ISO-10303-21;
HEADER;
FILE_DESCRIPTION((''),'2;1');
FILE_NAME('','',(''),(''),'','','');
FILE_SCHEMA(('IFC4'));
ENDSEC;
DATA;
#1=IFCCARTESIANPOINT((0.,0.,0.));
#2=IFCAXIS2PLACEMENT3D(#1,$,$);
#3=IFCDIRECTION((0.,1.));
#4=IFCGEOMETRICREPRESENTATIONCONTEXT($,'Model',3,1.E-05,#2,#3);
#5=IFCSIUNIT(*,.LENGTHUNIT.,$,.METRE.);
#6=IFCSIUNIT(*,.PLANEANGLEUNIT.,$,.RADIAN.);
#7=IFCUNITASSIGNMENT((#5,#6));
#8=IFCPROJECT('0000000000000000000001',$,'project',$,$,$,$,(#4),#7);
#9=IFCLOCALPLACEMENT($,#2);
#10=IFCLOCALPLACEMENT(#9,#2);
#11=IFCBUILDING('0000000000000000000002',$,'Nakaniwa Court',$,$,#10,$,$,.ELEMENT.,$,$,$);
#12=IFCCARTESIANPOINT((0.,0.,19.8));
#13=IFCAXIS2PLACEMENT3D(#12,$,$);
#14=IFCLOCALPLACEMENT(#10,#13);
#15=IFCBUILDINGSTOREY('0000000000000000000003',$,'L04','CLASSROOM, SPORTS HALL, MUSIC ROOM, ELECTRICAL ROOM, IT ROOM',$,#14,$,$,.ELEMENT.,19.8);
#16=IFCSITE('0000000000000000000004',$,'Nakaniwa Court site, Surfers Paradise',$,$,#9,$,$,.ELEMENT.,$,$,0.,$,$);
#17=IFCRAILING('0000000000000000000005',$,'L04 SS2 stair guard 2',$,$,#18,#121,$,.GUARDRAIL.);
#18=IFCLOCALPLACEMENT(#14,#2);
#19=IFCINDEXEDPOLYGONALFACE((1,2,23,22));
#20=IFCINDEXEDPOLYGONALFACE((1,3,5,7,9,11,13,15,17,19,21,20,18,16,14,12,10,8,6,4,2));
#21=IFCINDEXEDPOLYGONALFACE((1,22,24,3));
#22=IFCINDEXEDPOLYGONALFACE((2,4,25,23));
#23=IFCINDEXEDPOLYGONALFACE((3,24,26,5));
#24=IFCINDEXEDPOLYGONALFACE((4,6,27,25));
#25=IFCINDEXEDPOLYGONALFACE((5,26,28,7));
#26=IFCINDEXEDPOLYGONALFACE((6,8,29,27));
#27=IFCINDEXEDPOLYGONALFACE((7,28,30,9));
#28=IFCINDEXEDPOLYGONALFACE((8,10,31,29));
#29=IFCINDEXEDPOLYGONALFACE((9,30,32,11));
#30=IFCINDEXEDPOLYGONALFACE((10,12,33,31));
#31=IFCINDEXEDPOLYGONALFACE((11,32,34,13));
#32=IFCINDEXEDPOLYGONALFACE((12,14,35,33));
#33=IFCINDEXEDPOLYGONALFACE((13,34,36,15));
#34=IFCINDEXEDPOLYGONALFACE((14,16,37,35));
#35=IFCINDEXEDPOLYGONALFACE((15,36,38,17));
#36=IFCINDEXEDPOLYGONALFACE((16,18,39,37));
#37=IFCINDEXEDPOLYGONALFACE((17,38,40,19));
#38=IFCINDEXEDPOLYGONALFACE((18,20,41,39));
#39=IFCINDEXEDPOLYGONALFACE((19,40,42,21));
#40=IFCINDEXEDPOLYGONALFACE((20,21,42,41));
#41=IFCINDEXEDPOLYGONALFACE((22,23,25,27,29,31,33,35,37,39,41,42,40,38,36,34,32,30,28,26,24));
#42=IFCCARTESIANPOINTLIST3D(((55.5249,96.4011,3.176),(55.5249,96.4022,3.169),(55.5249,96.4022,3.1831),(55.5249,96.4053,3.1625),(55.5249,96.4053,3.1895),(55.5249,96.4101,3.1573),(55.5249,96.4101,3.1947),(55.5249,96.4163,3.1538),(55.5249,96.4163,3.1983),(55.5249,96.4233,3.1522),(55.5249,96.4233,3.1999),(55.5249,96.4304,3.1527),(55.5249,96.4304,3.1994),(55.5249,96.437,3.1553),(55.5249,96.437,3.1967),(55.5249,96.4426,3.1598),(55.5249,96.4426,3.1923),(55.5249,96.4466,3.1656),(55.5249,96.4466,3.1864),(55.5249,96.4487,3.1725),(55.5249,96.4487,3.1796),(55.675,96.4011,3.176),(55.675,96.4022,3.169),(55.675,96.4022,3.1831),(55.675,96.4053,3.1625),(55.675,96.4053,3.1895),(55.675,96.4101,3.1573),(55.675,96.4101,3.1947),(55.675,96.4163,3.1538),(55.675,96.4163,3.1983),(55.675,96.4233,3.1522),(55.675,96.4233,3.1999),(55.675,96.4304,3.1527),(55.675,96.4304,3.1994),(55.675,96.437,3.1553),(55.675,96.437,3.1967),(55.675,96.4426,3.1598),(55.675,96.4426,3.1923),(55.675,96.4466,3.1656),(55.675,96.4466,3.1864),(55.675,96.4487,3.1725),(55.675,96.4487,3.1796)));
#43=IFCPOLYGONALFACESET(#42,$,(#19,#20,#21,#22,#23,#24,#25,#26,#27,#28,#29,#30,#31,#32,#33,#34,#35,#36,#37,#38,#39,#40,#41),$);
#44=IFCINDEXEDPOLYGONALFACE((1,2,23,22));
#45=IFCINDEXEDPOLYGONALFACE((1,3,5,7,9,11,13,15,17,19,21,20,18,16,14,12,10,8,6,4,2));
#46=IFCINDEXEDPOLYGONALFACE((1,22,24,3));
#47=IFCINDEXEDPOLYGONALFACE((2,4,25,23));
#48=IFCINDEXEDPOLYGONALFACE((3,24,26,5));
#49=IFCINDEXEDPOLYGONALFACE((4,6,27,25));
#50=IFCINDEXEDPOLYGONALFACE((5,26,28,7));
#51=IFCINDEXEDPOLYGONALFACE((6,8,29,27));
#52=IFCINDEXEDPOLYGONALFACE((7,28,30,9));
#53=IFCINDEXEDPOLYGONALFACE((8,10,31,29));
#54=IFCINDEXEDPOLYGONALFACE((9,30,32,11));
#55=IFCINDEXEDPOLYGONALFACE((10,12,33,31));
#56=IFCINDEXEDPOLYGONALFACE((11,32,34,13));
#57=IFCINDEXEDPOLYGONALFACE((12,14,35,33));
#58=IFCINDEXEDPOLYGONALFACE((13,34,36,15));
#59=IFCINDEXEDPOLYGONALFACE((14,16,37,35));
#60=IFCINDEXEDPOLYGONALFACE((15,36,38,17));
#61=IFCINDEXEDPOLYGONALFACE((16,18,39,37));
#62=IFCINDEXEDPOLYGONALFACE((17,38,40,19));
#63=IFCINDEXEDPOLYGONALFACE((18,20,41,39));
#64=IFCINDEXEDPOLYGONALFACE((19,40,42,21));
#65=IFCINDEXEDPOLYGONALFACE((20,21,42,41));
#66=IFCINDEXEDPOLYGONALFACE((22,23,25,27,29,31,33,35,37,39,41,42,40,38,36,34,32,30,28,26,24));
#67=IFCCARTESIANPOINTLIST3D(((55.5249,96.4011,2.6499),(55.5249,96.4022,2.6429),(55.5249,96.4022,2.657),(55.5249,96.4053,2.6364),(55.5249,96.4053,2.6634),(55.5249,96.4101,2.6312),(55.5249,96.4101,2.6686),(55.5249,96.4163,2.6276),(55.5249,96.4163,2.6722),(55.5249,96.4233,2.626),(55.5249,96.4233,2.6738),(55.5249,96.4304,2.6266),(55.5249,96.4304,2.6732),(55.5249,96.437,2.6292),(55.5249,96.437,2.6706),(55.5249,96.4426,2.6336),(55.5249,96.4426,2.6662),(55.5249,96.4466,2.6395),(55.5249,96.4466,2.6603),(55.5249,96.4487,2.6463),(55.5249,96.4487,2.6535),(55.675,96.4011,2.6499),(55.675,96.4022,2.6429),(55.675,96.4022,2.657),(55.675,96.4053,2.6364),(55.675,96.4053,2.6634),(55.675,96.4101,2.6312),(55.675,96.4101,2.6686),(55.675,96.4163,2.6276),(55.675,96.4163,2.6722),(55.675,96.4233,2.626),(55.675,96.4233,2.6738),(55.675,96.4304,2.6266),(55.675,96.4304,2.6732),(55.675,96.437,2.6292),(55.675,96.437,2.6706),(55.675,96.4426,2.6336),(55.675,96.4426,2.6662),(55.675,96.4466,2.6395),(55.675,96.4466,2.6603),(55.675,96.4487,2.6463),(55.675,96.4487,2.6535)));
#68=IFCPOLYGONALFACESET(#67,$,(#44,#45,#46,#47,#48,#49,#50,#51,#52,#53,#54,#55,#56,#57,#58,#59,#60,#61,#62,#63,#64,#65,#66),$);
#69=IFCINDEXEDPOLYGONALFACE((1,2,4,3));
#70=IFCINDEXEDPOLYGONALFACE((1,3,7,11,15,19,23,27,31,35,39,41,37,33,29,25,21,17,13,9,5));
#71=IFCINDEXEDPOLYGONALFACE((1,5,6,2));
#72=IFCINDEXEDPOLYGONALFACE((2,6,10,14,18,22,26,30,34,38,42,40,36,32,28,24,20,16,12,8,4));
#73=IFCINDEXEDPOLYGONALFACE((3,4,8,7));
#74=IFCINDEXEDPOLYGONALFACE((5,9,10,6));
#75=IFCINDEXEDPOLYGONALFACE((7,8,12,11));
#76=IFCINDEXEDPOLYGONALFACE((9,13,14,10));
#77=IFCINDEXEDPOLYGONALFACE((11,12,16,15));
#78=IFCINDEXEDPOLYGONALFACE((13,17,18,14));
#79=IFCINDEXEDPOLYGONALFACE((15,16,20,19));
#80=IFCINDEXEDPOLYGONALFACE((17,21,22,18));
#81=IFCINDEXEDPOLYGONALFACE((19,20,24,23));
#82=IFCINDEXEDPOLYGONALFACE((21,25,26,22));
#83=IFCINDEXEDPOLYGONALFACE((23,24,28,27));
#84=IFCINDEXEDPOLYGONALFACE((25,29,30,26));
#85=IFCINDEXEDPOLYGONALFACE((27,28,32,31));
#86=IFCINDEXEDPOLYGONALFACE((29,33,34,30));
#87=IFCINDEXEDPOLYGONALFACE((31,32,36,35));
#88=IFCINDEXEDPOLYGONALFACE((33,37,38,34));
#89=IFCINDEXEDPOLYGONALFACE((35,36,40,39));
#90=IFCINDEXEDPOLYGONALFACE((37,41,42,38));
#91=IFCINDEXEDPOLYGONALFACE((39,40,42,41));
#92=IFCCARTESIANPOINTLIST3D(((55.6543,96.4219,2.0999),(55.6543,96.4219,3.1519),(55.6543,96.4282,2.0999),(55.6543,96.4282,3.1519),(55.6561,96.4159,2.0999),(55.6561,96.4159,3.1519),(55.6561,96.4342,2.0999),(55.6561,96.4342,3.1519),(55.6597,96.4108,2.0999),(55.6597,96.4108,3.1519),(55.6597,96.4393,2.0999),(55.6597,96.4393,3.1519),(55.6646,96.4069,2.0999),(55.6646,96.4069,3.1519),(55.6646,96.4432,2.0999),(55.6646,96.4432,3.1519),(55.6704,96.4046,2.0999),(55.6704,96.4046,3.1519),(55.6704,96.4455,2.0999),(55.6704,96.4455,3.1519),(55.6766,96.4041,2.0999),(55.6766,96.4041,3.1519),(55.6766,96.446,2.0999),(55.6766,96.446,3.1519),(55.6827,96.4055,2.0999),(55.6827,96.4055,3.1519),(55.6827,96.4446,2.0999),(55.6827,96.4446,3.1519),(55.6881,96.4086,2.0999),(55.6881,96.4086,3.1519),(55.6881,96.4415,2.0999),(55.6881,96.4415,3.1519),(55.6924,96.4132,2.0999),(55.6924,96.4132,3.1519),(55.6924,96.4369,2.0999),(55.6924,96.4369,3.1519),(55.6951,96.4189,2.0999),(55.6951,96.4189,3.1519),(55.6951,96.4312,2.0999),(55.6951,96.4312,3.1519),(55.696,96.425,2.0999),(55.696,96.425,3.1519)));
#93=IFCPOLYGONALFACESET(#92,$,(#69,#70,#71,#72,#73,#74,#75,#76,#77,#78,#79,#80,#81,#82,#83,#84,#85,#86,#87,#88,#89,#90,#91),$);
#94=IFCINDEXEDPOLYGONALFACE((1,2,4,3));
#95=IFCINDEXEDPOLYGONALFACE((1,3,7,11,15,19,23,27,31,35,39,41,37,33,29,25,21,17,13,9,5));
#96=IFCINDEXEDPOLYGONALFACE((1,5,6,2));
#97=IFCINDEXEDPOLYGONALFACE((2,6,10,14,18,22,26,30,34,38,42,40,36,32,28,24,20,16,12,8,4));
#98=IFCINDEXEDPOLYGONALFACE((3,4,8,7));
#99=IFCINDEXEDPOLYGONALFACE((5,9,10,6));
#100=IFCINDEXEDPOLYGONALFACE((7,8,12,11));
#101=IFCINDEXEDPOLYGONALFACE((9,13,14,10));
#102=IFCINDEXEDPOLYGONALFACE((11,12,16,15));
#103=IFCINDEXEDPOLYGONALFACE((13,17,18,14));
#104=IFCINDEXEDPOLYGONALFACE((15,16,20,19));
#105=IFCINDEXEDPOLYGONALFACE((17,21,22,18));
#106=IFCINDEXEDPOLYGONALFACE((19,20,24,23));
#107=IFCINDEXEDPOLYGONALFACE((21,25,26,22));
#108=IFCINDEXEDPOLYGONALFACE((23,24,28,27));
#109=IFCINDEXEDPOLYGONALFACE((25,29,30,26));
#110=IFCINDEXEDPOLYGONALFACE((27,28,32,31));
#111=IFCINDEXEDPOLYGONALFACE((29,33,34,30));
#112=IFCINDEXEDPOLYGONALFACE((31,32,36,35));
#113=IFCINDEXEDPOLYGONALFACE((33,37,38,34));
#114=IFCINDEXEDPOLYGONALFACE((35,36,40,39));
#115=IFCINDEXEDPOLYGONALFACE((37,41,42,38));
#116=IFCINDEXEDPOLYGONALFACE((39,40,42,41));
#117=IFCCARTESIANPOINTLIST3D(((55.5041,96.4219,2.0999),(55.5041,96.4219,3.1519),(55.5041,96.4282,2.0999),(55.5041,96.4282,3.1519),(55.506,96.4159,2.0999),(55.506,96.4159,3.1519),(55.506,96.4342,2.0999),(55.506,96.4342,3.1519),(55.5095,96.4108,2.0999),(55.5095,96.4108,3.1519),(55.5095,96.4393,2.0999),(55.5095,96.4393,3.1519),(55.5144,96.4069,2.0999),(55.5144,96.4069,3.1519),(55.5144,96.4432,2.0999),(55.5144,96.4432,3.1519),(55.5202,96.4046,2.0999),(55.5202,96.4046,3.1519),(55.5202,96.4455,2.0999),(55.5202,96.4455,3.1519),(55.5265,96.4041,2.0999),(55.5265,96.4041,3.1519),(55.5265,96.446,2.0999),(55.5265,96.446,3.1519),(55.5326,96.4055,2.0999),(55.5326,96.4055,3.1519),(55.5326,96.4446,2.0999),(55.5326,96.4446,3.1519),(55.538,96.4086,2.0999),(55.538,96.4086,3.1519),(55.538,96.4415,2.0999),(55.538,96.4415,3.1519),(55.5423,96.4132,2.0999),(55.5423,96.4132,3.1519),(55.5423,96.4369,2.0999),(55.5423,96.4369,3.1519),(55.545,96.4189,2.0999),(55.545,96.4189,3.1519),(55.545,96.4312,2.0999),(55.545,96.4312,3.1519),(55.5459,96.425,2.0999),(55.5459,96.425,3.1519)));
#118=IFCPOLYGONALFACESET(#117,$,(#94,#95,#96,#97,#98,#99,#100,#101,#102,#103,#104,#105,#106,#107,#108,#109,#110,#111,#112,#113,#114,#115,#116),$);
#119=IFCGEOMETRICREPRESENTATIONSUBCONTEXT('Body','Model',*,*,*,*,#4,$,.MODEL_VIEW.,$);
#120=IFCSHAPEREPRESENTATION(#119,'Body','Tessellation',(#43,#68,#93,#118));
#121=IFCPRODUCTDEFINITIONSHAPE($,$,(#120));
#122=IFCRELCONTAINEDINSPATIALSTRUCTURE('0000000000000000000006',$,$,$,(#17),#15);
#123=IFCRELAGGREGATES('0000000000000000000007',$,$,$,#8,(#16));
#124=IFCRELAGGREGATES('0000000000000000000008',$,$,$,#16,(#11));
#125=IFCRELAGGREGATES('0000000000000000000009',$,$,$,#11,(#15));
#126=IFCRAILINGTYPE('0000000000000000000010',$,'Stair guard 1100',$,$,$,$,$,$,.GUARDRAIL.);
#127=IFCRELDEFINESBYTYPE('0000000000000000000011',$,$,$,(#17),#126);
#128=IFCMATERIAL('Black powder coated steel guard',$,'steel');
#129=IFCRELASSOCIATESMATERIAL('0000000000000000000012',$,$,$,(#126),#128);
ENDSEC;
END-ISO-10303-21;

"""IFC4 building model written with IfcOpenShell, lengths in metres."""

from ifc_helpers import new_model, si_unit, direction, frame, origin, origin_2d, place, context, subcontext, project, spatial, circle, extrude, material, type_object, element, save


model = new_model("IFC4")

# Units and contexts
model_context = context("Model", 3, precision=1e-05, world=origin(), true_north=direction((0.0, 1.0)))
body_context = subcontext(model_context, "Body", "Model", "MODEL_VIEW")
ifc_project = project(units=[si_unit("LENGTHUNIT", "METRE"), si_unit("PLANEANGLEUNIT", "RADIAN")], contexts=[model_context])

# Site, building, storey
site_placement = place(None, origin())
site = spatial("IfcSite", under=ifc_project, at=site_placement, Name="Nakaniwa Court site, Surfers Paradise", CompositionType="ELEMENT", RefElevation=0.0)
building_placement = place(site_placement, origin())
building = spatial("IfcBuilding", under=site, at=building_placement, Name="Nakaniwa Court", CompositionType="ELEMENT")
storey_placement = place(building_placement, frame((0.0, 0.0, 19.8)))
storey = spatial("IfcBuildingStorey", under=building, at=storey_placement, Name="L04", Description="CLASSROOM, SPORTS HALL, MUSIC ROOM, ELECTRICAL ROOM, IT ROOM", CompositionType="ELEMENT", Elevation=19.8)

# Railing
ifc_material_1 = material(Name="Black powder coated steel guard", Category="steel")
railing_type_1 = type_object("IfcRailingType", Name="Stair guard 1100", PredefinedType="GUARDRAIL", material=ifc_material_1)
railing_1_placement = place(storey_placement, frame((55.675, 96.425, 2.0999)))
element("IfcRailing", 1, at=railing_1_placement, inside=storey, type_object=railing_type_1, Name="L04 SS2 stair guard 2", PredefinedType="GUARDRAIL", context=body_context, shape_type="SweptSolid", body=[
    extrude(circle(Radius=0.0239, at=origin_2d()), frame((0.0, 0.0, 1.0762), z_axis=(-1.0, 0.0, 0.0), x_axis=(0.0, -1.0, 0.0)), (0.0, 0.0, 1.0), 0.1501),
    extrude(circle(Radius=0.0239, at=origin_2d()), frame((0.0, 0.0, 0.55), z_axis=(-1.0, 0.0, 0.0), x_axis=(0.0, -1.0, 0.0)), (0.0, 0.0, 1.0), 0.1501),
    extrude(circle(Radius=0.021, at=origin_2d()), origin(), (0.0, 0.0, 1.0), 1.052),
    extrude(circle(Radius=0.021, at=origin_2d()), frame((-0.1501, 0.0, 0.0)), (0.0, 0.0, 1.0), 1.052),
])

save(model, "model.ifc")
